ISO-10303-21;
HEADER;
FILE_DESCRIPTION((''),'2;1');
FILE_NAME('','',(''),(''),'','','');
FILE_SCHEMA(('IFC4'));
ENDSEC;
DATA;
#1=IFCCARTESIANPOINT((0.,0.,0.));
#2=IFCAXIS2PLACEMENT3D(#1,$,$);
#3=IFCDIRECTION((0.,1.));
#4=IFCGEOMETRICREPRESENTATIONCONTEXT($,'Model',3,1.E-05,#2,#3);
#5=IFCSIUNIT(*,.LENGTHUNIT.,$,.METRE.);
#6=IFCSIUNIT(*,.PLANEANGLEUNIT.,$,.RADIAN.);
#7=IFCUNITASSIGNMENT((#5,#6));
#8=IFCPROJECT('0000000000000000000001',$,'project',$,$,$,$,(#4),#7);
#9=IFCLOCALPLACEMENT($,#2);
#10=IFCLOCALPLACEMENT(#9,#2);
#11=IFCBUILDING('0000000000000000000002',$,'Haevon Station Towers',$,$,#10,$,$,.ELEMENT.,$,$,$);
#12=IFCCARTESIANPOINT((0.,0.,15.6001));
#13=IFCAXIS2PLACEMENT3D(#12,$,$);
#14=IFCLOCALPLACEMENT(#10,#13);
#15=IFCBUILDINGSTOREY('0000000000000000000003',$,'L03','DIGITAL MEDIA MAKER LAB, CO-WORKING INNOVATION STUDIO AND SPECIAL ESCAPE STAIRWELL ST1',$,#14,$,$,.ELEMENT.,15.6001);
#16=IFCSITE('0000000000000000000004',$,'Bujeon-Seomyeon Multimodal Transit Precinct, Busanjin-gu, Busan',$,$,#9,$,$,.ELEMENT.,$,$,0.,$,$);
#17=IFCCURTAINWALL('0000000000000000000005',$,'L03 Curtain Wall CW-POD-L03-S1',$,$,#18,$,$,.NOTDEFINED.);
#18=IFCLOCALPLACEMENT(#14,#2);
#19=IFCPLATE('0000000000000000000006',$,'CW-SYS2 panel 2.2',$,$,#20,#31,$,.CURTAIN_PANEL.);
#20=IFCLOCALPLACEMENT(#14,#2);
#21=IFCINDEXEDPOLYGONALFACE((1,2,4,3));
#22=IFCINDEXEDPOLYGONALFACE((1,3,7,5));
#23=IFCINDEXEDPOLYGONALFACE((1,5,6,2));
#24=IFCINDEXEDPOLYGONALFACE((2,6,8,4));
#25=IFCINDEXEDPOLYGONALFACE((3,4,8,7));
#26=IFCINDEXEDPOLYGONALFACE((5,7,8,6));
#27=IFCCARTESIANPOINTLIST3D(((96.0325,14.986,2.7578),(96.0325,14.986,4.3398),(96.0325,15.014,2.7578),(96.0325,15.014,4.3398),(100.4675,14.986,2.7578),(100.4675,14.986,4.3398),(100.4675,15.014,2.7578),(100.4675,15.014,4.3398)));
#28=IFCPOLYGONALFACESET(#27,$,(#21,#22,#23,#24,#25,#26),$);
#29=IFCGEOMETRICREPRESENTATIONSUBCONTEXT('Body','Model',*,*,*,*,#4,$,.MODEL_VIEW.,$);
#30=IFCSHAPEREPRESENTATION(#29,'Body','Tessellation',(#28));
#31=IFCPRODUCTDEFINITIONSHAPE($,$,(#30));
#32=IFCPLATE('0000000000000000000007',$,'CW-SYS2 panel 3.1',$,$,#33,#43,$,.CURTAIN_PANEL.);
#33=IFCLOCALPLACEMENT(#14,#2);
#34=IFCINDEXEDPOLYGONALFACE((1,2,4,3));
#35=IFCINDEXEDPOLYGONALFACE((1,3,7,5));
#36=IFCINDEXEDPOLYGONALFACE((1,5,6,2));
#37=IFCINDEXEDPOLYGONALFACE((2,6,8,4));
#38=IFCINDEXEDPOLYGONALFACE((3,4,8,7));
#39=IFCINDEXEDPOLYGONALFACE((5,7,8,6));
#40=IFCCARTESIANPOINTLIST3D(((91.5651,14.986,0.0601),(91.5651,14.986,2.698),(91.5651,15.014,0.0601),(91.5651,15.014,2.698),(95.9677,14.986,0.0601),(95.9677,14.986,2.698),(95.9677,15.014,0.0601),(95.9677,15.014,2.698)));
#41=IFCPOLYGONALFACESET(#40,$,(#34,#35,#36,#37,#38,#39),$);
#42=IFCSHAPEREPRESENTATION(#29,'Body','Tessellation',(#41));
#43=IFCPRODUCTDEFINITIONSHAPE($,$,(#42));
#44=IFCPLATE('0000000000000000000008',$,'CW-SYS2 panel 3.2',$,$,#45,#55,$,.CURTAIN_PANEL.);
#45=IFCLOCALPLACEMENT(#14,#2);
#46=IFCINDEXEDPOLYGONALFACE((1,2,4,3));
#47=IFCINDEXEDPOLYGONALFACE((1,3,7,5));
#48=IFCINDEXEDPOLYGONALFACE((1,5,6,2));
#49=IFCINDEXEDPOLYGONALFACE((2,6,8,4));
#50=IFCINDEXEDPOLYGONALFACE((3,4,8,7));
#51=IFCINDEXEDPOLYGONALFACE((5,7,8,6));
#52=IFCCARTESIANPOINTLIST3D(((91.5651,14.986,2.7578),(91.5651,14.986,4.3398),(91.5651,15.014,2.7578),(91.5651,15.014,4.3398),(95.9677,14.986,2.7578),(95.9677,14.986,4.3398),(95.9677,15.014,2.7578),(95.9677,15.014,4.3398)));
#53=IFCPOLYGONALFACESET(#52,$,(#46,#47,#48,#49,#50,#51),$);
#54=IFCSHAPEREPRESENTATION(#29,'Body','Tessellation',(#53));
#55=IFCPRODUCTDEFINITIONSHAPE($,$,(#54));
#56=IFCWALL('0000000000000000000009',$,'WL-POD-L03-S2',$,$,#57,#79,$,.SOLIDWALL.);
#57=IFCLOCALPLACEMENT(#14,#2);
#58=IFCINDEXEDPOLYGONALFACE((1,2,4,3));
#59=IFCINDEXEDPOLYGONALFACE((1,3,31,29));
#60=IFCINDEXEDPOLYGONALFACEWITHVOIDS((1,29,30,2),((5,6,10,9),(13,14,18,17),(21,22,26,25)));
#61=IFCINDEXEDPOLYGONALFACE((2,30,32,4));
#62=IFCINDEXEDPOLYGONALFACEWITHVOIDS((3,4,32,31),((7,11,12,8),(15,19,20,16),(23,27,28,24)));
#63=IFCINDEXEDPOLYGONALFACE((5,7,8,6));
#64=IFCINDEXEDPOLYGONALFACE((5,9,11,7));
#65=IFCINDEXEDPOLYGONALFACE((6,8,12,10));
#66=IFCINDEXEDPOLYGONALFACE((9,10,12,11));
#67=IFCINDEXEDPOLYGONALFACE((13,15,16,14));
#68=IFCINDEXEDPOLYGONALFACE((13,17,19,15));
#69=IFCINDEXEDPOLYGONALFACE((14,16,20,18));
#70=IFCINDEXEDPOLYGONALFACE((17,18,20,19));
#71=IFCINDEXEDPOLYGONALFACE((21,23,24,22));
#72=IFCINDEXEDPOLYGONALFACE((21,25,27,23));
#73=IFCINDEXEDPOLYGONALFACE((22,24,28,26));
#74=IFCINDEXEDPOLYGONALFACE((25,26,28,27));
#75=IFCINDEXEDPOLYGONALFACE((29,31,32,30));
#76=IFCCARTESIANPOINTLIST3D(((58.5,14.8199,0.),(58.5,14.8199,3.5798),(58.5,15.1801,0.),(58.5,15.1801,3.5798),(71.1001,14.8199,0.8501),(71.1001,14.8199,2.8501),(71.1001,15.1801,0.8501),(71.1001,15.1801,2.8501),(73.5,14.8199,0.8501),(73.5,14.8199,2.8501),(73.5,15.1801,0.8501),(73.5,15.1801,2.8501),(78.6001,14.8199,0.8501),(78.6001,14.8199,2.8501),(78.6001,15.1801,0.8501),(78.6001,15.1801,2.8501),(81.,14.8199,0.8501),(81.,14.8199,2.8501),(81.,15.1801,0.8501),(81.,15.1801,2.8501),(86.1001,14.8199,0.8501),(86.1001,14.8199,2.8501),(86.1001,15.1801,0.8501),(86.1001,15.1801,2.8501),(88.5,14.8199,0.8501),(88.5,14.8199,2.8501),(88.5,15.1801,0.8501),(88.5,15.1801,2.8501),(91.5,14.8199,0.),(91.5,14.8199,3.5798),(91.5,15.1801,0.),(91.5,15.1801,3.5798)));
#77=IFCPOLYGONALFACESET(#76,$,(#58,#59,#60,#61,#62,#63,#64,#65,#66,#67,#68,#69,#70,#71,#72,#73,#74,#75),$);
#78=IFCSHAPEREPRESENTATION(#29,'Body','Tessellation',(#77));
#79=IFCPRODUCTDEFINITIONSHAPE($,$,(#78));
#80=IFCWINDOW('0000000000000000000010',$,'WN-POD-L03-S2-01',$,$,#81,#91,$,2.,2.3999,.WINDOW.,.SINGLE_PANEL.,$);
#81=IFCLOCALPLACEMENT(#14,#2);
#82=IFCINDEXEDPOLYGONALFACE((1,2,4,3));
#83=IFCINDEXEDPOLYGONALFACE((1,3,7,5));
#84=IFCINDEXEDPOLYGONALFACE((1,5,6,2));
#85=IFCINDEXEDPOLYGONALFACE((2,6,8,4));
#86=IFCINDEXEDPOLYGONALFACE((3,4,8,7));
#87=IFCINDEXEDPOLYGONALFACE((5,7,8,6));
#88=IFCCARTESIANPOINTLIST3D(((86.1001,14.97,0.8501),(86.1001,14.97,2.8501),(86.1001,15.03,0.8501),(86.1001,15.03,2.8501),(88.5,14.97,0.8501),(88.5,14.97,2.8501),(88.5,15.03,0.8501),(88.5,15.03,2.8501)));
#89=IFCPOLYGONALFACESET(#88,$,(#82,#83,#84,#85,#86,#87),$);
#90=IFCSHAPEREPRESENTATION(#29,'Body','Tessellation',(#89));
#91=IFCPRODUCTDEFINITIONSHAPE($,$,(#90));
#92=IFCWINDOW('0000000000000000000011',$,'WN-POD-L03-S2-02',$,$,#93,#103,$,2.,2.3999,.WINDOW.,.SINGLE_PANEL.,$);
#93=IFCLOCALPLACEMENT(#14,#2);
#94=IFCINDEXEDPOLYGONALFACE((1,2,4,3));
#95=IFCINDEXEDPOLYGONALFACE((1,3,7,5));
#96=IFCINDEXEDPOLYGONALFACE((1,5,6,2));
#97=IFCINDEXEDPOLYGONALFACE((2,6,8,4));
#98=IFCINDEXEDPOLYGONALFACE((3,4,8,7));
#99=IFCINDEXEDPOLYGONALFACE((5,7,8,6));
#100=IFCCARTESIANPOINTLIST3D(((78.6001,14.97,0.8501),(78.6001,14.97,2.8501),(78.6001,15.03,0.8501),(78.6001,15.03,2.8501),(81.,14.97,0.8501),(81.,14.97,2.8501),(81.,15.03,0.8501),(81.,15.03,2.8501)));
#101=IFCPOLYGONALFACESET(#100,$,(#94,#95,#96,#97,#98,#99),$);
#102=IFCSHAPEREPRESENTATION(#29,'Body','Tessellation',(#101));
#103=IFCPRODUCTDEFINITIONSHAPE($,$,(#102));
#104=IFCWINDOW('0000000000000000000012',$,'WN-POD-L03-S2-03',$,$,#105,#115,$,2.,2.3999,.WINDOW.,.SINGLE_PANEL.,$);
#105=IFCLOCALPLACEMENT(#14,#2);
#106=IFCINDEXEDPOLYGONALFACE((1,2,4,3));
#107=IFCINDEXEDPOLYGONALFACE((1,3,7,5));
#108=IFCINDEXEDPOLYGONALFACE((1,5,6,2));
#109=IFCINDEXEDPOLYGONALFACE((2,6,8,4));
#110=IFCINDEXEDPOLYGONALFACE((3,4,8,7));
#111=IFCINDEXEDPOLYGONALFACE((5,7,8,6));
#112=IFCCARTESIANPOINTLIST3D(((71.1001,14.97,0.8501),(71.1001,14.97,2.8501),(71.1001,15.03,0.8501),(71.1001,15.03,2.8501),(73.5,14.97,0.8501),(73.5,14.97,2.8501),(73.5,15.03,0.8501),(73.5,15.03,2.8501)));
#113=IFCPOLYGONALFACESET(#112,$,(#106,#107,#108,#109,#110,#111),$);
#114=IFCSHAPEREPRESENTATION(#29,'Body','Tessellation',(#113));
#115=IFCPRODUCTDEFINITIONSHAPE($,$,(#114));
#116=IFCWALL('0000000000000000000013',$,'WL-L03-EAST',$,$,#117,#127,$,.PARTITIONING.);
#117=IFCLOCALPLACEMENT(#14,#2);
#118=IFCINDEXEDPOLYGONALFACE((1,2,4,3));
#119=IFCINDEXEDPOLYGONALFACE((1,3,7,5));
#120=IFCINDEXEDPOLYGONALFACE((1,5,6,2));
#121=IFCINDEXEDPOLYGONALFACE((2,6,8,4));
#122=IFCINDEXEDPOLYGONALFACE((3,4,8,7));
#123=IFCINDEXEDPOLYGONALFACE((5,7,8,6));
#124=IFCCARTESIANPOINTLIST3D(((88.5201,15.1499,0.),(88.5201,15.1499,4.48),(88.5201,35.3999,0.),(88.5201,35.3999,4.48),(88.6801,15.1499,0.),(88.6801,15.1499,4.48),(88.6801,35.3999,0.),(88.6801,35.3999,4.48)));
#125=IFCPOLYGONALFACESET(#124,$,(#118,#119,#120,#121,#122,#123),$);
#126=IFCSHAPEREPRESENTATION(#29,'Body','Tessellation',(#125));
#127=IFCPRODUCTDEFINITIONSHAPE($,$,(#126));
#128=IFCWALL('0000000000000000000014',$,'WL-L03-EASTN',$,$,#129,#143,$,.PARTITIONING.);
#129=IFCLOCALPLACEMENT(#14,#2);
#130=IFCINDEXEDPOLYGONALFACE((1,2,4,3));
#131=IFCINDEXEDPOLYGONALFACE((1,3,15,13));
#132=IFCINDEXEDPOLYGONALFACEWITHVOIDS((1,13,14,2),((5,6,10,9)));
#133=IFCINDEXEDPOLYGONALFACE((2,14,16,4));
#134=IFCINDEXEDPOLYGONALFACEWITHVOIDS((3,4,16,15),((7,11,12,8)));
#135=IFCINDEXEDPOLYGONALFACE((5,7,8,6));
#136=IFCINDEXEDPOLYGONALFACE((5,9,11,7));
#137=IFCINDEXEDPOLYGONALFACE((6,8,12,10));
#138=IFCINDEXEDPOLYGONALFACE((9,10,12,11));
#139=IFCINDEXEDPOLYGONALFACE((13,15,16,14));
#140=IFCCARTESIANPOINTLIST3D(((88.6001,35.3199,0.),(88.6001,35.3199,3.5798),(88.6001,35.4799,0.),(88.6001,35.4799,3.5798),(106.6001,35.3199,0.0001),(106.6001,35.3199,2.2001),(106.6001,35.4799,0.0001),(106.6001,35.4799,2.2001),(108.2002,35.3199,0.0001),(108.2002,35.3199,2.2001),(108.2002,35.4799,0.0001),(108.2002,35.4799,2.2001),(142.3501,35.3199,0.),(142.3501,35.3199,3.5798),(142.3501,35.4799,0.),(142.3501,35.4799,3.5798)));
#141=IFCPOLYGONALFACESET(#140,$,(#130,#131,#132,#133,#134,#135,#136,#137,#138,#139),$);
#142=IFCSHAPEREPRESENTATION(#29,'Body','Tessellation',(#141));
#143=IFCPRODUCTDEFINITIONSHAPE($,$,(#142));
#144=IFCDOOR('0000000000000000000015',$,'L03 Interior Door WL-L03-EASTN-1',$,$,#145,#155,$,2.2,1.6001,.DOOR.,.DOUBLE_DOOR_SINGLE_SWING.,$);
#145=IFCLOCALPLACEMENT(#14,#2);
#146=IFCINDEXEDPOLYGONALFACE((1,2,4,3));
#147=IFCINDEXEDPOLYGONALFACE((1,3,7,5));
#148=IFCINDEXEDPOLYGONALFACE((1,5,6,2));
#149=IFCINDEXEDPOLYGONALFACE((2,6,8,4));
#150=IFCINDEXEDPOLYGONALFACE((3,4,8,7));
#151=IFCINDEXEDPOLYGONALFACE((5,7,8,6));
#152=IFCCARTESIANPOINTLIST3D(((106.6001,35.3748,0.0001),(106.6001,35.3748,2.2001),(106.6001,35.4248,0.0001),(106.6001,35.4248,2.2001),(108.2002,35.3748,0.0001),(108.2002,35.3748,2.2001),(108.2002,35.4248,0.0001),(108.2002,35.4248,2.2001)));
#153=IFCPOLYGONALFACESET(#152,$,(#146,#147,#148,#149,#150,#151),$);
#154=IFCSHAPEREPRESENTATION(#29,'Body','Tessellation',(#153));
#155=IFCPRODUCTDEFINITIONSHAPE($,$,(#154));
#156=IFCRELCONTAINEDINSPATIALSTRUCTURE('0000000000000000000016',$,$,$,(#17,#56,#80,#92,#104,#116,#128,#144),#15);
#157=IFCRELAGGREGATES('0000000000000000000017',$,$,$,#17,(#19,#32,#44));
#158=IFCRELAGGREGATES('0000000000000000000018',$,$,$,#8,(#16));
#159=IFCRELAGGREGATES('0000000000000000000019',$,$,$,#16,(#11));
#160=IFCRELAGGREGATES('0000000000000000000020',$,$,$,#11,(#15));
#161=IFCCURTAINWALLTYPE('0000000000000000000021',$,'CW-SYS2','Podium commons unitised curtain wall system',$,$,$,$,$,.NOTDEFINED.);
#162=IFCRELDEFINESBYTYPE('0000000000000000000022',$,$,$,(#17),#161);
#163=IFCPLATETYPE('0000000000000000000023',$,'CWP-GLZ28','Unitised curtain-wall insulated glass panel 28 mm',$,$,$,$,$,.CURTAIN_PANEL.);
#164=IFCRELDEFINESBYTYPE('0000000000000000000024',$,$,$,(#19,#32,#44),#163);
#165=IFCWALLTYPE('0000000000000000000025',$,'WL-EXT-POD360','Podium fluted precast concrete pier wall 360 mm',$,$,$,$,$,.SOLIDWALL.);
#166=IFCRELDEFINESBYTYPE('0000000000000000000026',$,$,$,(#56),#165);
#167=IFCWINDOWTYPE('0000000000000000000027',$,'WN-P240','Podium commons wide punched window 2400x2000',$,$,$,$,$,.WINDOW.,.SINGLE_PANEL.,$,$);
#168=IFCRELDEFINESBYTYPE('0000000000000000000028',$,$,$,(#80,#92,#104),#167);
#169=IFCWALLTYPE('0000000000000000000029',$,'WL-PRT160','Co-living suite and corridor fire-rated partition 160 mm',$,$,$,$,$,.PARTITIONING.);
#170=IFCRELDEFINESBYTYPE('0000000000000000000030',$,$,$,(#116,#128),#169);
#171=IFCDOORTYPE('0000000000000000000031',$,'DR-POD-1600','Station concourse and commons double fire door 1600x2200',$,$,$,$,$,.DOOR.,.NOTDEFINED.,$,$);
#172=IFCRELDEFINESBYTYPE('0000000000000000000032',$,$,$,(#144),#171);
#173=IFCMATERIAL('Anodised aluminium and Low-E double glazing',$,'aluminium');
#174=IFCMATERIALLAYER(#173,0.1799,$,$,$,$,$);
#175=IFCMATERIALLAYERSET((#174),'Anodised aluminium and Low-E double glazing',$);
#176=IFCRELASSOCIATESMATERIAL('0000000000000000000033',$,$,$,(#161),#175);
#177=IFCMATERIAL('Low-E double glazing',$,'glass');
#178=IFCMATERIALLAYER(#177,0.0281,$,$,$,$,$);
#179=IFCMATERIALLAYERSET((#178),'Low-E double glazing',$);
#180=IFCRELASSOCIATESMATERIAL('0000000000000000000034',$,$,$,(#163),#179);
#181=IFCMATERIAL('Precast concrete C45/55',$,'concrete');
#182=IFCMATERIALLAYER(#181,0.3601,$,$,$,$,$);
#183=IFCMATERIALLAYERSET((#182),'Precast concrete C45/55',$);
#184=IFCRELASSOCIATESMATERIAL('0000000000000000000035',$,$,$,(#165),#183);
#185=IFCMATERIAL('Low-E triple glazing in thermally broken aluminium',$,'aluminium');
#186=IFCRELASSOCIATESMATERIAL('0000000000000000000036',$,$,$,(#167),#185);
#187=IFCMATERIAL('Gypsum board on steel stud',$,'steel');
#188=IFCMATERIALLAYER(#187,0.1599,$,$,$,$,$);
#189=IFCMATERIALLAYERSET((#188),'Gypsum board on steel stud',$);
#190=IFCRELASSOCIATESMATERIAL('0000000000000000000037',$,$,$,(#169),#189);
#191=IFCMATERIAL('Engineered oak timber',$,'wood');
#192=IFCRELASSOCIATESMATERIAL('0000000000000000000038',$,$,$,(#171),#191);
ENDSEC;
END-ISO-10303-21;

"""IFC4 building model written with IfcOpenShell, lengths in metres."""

from ifc_helpers import new_model, si_unit, direction, frame, frame_2d, origin, origin_2d, place, context, subcontext, project, spatial, rectangle, extrude, material, layer, layer_set, type_object, element, fill, aggregate, save


model = new_model("IFC4")

# Units and contexts
model_context = context("Model", 3, precision=1e-05, world=origin(), true_north=direction((0.0, 1.0)))
body_context = subcontext(model_context, "Body", "Model", "MODEL_VIEW")
ifc_project = project(units=[si_unit("LENGTHUNIT", "METRE"), si_unit("PLANEANGLEUNIT", "RADIAN")], contexts=[model_context])

# Site, building, storey
site_placement = place(None, origin())
site = spatial("IfcSite", under=ifc_project, at=site_placement, Name="Bujeon-Seomyeon Multimodal Transit Precinct, Busanjin-gu, Busan", CompositionType="ELEMENT", RefElevation=0.0)
building_placement = place(site_placement, origin())
building = spatial("IfcBuilding", under=site, at=building_placement, Name="Haevon Station Towers", CompositionType="ELEMENT")
storey_placement = place(building_placement, frame((0.0, 0.0, 15.6001)))
storey = spatial("IfcBuildingStorey", under=building, at=storey_placement, Name="L03", Description="DIGITAL MEDIA MAKER LAB, CO-WORKING INNOVATION STUDIO AND SPECIAL ESCAPE STAIRWELL ST1", CompositionType="ELEMENT", Elevation=15.6001)

# Curtain wall, plates
ifc_material_1 = material(Name="Anodised aluminium and Low-E double glazing", Category="aluminium")
ifc_layer_1 = layer(ifc_material_1, 0.1799)
ifc_layer_set_1 = layer_set([ifc_layer_1], Name="Anodised aluminium and Low-E double glazing")
curtain_wall_type = type_object("IfcCurtainWallType", Name="CW-SYS2", Description="Podium commons unitised curtain wall system", PredefinedType="NOTDEFINED", material=ifc_layer_set_1)
curtain_wall_placement = place(storey_placement, origin())
curtain_wall = element("IfcCurtainWall", 1, at=curtain_wall_placement, inside=storey, type_object=curtain_wall_type, Name="L03 Curtain Wall CW-POD-L03-S1", PredefinedType="NOTDEFINED")
ifc_material_2 = material(Name="Low-E double glazing", Category="glass")
ifc_layer_2 = layer(ifc_material_2, 0.0281)
ifc_layer_set_2 = layer_set([ifc_layer_2], Name="Low-E double glazing")
plate_type = type_object("IfcPlateType", Name="CWP-GLZ28", Description="Unitised curtain-wall insulated glass panel 28 mm", PredefinedType="CURTAIN_PANEL", material=ifc_layer_set_2)
plate_1_placement = place(storey_placement, frame((98.25, 15.0, 2.7578), z_axis=(0.0, 0.0, 1.0), x_axis=(-1.0, 0.0, 0.0)))
plate_1 = element("IfcPlate", 2, at=plate_1_placement, type_object=plate_type, Name="CW-SYS2 panel 2.2", PredefinedType="CURTAIN_PANEL", context=body_context, shape_type="SweptSolid", body=[
    extrude(rectangle(XDim=4.4351, YDim=0.0281, at=origin_2d()), origin(), (0.0, 0.0, 1.0), 1.582),
])
plate_2_placement = place(storey_placement, frame((93.7664, 15.0, 0.0601), z_axis=(0.0, 0.0, 1.0), x_axis=(-1.0, 0.0, 0.0)))
plate_2 = element("IfcPlate", 3, at=plate_2_placement, type_object=plate_type, Name="CW-SYS2 panel 3.1", PredefinedType="CURTAIN_PANEL", context=body_context, shape_type="SweptSolid", body=[
    extrude(rectangle(XDim=4.4026, YDim=0.0281, at=origin_2d()), origin(), (0.0, 0.0, 1.0), 2.6379),
])
plate_3_placement = place(storey_placement, frame((93.7664, 15.0, 2.7578), z_axis=(0.0, 0.0, 1.0), x_axis=(-1.0, 0.0, 0.0)))
plate_3 = element("IfcPlate", 4, at=plate_3_placement, type_object=plate_type, Name="CW-SYS2 panel 3.2", PredefinedType="CURTAIN_PANEL", context=body_context, shape_type="SweptSolid", body=[
    extrude(rectangle(XDim=4.4026, YDim=0.0281, at=origin_2d()), origin(), (0.0, 0.0, 1.0), 1.582),
])
aggregate(curtain_wall, [plate_1, plate_2, plate_3])

# Wall, openings, windows
ifc_material_3 = material(Name="Precast concrete C45/55", Category="concrete")
ifc_layer_3 = layer(ifc_material_3, 0.3601)
ifc_layer_set_3 = layer_set([ifc_layer_3], Name="Precast concrete C45/55")
wall_type_1 = type_object("IfcWallType", Name="WL-EXT-POD360", Description="Podium fluted precast concrete pier wall 360 mm", PredefinedType="SOLIDWALL", material=ifc_layer_set_3)
wall_1_placement = place(storey_placement, frame((91.5, 15.0, 0.0), z_axis=(0.0, 0.0, 1.0), x_axis=(-1.0, 0.0, 0.0)))
wall_1 = element("IfcWall", 5, at=wall_1_placement, inside=storey, type_object=wall_type_1, Name="WL-POD-L03-S2", PredefinedType="SOLIDWALL", context=body_context, shape_type="SweptSolid", body=[
    extrude(rectangle(XDim=33.0, YDim=0.3601, at=frame_2d((16.5, 0.0))), origin(), (0.0, 0.0, 1.0), 3.5798),
])
opening_1_placement = place(wall_1_placement, frame((3.0, 0.0, 0.8501)))
opening_1 = element("IfcOpeningElement", 6, at=opening_1_placement, cuts=wall_1, PredefinedType="OPENING", context=body_context, shape_type="SweptSolid", body=[
    extrude(rectangle(XDim=2.3999, YDim=2.0, at=frame_2d((1.2, 1.0))), frame((0.0, 0.1899, 0.0), z_axis=(0.0, -1.0, 0.0), x_axis=(1.0, 0.0, 0.0)), (0.0, 0.0, 1.0), 0.3801),
])
opening_2_placement = place(wall_1_placement, frame((10.5, 0.0, 0.8501)))
opening_2 = element("IfcOpeningElement", 7, at=opening_2_placement, cuts=wall_1, PredefinedType="OPENING", context=body_context, shape_type="SweptSolid", body=[
    extrude(rectangle(XDim=2.3999, YDim=2.0, at=frame_2d((1.2, 1.0))), frame((0.0, 0.1899, 0.0), z_axis=(0.0, -1.0, 0.0), x_axis=(1.0, 0.0, 0.0)), (0.0, 0.0, 1.0), 0.3801),
])
opening_3_placement = place(wall_1_placement, frame((18.0, 0.0, 0.8501)))
opening_3 = element("IfcOpeningElement", 8, at=opening_3_placement, cuts=wall_1, PredefinedType="OPENING", context=body_context, shape_type="SweptSolid", body=[
    extrude(rectangle(XDim=2.3999, YDim=2.0, at=frame_2d((1.2, 1.0))), frame((0.0, 0.1899, 0.0), z_axis=(0.0, -1.0, 0.0), x_axis=(1.0, 0.0, 0.0)), (0.0, 0.0, 1.0), 0.3801),
])
ifc_material_4 = material(Name="Low-E triple glazing in thermally broken aluminium", Category="aluminium")
window_type = type_object("IfcWindowType", Name="WN-P240", Description="Podium commons wide punched window 2400x2000", PartitioningType="SINGLE_PANEL", PredefinedType="WINDOW", material=ifc_material_4)
window_1_placement = place(opening_1_placement, origin())
window_1 = element("IfcWindow", 9, at=window_1_placement, inside=storey, type_object=window_type, Name="WN-POD-L03-S2-01", OverallHeight=2.0, OverallWidth=2.3999, PartitioningType="SINGLE_PANEL", PredefinedType="WINDOW", context=body_context, shape_type="SweptSolid", body=[
    extrude(rectangle(XDim=2.3999, YDim=2.0, at=frame_2d((1.2, 1.0))), frame((0.0, 0.03, 0.0), z_axis=(0.0, -1.0, 0.0), x_axis=(1.0, 0.0, 0.0)), (0.0, 0.0, 1.0), 0.0601),
])
fill(opening_1, window_1)
window_2_placement = place(opening_2_placement, origin())
window_2 = element("IfcWindow", 10, at=window_2_placement, inside=storey, type_object=window_type, Name="WN-POD-L03-S2-02", OverallHeight=2.0, OverallWidth=2.3999, PartitioningType="SINGLE_PANEL", PredefinedType="WINDOW", context=body_context, shape_type="SweptSolid", body=[
    extrude(rectangle(XDim=2.3999, YDim=2.0, at=frame_2d((1.2, 1.0))), frame((0.0, 0.03, 0.0), z_axis=(0.0, -1.0, 0.0), x_axis=(1.0, 0.0, 0.0)), (0.0, 0.0, 1.0), 0.0601),
])
fill(opening_2, window_2)
window_3_placement = place(opening_3_placement, origin())
window_3 = element("IfcWindow", 11, at=window_3_placement, inside=storey, type_object=window_type, Name="WN-POD-L03-S2-03", OverallHeight=2.0, OverallWidth=2.3999, PartitioningType="SINGLE_PANEL", PredefinedType="WINDOW", context=body_context, shape_type="SweptSolid", body=[
    extrude(rectangle(XDim=2.3999, YDim=2.0, at=frame_2d((1.2, 1.0))), frame((0.0, 0.03, 0.0), z_axis=(0.0, -1.0, 0.0), x_axis=(1.0, 0.0, 0.0)), (0.0, 0.0, 1.0), 0.0601),
])
fill(opening_3, window_3)

# Wall
ifc_material_5 = material(Name="Gypsum board on steel stud", Category="steel")
ifc_layer_4 = layer(ifc_material_5, 0.1599)
ifc_layer_set_4 = layer_set([ifc_layer_4], Name="Gypsum board on steel stud")
wall_type_2 = type_object("IfcWallType", Name="WL-PRT160", Description="Co-living suite and corridor fire-rated partition 160 mm", PredefinedType="PARTITIONING", material=ifc_layer_set_4)
wall_2_placement = place(storey_placement, frame((88.6001, 15.1499, 0.0), z_axis=(0.0, 0.0, 1.0), x_axis=(0.0, 1.0, 0.0)))
element("IfcWall", 12, at=wall_2_placement, inside=storey, type_object=wall_type_2, Name="WL-L03-EAST", PredefinedType="PARTITIONING", context=body_context, shape_type="SweptSolid", body=[
    extrude(rectangle(XDim=20.25, YDim=0.1599, at=frame_2d((10.125, 0.0))), origin(), (0.0, 0.0, 1.0), 4.48),
])

# Wall, opening, door
wall_3_placement = place(storey_placement, frame((88.6001, 35.3999, 0.0), z_axis=(0.0, 0.0, 1.0), x_axis=(1.0, 0.0, 0.0)))
wall_3 = element("IfcWall", 13, at=wall_3_placement, inside=storey, type_object=wall_type_2, Name="WL-L03-EASTN", PredefinedType="PARTITIONING", context=body_context, shape_type="SweptSolid", body=[
    extrude(rectangle(XDim=53.75, YDim=0.1599, at=frame_2d((26.875, 0.0))), origin(), (0.0, 0.0, 1.0), 3.5798),
])
opening_4_placement = place(wall_3_placement, frame((18.0, 0.0, 0.0)))
opening_4 = element("IfcOpeningElement", 14, at=opening_4_placement, cuts=wall_3, PredefinedType="OPENING", context=body_context, shape_type="SweptSolid", body=[
    extrude(rectangle(XDim=1.6001, YDim=2.2, at=frame_2d((0.8, 1.1001))), frame((0.0, 0.0898, 0.0), z_axis=(0.0, -1.0, 0.0), x_axis=(1.0, 0.0, 0.0)), (0.0, 0.0, 1.0), 0.1799),
])
ifc_material_6 = material(Name="Engineered oak timber", Category="wood")
door_type = type_object("IfcDoorType", Name="DR-POD-1600", Description="Station concourse and commons double fire door 1600x2200", OperationType="NOTDEFINED", PredefinedType="DOOR", material=ifc_material_6)
door_placement = place(opening_4_placement, origin())
door = element("IfcDoor", 15, at=door_placement, inside=storey, type_object=door_type, Name="L03 Interior Door WL-L03-EASTN-1", OperationType="DOUBLE_DOOR_SINGLE_SWING", OverallHeight=2.2, OverallWidth=1.6001, PredefinedType="DOOR", context=body_context, shape_type="SweptSolid", body=[
    extrude(rectangle(XDim=1.6001, YDim=2.2, at=frame_2d((0.8, 1.1001))), frame((0.0, 0.0249, 0.0), z_axis=(0.0, -1.0, 0.0), x_axis=(1.0, 0.0, 0.0)), (0.0, 0.0, 1.0), 0.05),
])
fill(opening_4, door)

save(model, "model.ifc")
